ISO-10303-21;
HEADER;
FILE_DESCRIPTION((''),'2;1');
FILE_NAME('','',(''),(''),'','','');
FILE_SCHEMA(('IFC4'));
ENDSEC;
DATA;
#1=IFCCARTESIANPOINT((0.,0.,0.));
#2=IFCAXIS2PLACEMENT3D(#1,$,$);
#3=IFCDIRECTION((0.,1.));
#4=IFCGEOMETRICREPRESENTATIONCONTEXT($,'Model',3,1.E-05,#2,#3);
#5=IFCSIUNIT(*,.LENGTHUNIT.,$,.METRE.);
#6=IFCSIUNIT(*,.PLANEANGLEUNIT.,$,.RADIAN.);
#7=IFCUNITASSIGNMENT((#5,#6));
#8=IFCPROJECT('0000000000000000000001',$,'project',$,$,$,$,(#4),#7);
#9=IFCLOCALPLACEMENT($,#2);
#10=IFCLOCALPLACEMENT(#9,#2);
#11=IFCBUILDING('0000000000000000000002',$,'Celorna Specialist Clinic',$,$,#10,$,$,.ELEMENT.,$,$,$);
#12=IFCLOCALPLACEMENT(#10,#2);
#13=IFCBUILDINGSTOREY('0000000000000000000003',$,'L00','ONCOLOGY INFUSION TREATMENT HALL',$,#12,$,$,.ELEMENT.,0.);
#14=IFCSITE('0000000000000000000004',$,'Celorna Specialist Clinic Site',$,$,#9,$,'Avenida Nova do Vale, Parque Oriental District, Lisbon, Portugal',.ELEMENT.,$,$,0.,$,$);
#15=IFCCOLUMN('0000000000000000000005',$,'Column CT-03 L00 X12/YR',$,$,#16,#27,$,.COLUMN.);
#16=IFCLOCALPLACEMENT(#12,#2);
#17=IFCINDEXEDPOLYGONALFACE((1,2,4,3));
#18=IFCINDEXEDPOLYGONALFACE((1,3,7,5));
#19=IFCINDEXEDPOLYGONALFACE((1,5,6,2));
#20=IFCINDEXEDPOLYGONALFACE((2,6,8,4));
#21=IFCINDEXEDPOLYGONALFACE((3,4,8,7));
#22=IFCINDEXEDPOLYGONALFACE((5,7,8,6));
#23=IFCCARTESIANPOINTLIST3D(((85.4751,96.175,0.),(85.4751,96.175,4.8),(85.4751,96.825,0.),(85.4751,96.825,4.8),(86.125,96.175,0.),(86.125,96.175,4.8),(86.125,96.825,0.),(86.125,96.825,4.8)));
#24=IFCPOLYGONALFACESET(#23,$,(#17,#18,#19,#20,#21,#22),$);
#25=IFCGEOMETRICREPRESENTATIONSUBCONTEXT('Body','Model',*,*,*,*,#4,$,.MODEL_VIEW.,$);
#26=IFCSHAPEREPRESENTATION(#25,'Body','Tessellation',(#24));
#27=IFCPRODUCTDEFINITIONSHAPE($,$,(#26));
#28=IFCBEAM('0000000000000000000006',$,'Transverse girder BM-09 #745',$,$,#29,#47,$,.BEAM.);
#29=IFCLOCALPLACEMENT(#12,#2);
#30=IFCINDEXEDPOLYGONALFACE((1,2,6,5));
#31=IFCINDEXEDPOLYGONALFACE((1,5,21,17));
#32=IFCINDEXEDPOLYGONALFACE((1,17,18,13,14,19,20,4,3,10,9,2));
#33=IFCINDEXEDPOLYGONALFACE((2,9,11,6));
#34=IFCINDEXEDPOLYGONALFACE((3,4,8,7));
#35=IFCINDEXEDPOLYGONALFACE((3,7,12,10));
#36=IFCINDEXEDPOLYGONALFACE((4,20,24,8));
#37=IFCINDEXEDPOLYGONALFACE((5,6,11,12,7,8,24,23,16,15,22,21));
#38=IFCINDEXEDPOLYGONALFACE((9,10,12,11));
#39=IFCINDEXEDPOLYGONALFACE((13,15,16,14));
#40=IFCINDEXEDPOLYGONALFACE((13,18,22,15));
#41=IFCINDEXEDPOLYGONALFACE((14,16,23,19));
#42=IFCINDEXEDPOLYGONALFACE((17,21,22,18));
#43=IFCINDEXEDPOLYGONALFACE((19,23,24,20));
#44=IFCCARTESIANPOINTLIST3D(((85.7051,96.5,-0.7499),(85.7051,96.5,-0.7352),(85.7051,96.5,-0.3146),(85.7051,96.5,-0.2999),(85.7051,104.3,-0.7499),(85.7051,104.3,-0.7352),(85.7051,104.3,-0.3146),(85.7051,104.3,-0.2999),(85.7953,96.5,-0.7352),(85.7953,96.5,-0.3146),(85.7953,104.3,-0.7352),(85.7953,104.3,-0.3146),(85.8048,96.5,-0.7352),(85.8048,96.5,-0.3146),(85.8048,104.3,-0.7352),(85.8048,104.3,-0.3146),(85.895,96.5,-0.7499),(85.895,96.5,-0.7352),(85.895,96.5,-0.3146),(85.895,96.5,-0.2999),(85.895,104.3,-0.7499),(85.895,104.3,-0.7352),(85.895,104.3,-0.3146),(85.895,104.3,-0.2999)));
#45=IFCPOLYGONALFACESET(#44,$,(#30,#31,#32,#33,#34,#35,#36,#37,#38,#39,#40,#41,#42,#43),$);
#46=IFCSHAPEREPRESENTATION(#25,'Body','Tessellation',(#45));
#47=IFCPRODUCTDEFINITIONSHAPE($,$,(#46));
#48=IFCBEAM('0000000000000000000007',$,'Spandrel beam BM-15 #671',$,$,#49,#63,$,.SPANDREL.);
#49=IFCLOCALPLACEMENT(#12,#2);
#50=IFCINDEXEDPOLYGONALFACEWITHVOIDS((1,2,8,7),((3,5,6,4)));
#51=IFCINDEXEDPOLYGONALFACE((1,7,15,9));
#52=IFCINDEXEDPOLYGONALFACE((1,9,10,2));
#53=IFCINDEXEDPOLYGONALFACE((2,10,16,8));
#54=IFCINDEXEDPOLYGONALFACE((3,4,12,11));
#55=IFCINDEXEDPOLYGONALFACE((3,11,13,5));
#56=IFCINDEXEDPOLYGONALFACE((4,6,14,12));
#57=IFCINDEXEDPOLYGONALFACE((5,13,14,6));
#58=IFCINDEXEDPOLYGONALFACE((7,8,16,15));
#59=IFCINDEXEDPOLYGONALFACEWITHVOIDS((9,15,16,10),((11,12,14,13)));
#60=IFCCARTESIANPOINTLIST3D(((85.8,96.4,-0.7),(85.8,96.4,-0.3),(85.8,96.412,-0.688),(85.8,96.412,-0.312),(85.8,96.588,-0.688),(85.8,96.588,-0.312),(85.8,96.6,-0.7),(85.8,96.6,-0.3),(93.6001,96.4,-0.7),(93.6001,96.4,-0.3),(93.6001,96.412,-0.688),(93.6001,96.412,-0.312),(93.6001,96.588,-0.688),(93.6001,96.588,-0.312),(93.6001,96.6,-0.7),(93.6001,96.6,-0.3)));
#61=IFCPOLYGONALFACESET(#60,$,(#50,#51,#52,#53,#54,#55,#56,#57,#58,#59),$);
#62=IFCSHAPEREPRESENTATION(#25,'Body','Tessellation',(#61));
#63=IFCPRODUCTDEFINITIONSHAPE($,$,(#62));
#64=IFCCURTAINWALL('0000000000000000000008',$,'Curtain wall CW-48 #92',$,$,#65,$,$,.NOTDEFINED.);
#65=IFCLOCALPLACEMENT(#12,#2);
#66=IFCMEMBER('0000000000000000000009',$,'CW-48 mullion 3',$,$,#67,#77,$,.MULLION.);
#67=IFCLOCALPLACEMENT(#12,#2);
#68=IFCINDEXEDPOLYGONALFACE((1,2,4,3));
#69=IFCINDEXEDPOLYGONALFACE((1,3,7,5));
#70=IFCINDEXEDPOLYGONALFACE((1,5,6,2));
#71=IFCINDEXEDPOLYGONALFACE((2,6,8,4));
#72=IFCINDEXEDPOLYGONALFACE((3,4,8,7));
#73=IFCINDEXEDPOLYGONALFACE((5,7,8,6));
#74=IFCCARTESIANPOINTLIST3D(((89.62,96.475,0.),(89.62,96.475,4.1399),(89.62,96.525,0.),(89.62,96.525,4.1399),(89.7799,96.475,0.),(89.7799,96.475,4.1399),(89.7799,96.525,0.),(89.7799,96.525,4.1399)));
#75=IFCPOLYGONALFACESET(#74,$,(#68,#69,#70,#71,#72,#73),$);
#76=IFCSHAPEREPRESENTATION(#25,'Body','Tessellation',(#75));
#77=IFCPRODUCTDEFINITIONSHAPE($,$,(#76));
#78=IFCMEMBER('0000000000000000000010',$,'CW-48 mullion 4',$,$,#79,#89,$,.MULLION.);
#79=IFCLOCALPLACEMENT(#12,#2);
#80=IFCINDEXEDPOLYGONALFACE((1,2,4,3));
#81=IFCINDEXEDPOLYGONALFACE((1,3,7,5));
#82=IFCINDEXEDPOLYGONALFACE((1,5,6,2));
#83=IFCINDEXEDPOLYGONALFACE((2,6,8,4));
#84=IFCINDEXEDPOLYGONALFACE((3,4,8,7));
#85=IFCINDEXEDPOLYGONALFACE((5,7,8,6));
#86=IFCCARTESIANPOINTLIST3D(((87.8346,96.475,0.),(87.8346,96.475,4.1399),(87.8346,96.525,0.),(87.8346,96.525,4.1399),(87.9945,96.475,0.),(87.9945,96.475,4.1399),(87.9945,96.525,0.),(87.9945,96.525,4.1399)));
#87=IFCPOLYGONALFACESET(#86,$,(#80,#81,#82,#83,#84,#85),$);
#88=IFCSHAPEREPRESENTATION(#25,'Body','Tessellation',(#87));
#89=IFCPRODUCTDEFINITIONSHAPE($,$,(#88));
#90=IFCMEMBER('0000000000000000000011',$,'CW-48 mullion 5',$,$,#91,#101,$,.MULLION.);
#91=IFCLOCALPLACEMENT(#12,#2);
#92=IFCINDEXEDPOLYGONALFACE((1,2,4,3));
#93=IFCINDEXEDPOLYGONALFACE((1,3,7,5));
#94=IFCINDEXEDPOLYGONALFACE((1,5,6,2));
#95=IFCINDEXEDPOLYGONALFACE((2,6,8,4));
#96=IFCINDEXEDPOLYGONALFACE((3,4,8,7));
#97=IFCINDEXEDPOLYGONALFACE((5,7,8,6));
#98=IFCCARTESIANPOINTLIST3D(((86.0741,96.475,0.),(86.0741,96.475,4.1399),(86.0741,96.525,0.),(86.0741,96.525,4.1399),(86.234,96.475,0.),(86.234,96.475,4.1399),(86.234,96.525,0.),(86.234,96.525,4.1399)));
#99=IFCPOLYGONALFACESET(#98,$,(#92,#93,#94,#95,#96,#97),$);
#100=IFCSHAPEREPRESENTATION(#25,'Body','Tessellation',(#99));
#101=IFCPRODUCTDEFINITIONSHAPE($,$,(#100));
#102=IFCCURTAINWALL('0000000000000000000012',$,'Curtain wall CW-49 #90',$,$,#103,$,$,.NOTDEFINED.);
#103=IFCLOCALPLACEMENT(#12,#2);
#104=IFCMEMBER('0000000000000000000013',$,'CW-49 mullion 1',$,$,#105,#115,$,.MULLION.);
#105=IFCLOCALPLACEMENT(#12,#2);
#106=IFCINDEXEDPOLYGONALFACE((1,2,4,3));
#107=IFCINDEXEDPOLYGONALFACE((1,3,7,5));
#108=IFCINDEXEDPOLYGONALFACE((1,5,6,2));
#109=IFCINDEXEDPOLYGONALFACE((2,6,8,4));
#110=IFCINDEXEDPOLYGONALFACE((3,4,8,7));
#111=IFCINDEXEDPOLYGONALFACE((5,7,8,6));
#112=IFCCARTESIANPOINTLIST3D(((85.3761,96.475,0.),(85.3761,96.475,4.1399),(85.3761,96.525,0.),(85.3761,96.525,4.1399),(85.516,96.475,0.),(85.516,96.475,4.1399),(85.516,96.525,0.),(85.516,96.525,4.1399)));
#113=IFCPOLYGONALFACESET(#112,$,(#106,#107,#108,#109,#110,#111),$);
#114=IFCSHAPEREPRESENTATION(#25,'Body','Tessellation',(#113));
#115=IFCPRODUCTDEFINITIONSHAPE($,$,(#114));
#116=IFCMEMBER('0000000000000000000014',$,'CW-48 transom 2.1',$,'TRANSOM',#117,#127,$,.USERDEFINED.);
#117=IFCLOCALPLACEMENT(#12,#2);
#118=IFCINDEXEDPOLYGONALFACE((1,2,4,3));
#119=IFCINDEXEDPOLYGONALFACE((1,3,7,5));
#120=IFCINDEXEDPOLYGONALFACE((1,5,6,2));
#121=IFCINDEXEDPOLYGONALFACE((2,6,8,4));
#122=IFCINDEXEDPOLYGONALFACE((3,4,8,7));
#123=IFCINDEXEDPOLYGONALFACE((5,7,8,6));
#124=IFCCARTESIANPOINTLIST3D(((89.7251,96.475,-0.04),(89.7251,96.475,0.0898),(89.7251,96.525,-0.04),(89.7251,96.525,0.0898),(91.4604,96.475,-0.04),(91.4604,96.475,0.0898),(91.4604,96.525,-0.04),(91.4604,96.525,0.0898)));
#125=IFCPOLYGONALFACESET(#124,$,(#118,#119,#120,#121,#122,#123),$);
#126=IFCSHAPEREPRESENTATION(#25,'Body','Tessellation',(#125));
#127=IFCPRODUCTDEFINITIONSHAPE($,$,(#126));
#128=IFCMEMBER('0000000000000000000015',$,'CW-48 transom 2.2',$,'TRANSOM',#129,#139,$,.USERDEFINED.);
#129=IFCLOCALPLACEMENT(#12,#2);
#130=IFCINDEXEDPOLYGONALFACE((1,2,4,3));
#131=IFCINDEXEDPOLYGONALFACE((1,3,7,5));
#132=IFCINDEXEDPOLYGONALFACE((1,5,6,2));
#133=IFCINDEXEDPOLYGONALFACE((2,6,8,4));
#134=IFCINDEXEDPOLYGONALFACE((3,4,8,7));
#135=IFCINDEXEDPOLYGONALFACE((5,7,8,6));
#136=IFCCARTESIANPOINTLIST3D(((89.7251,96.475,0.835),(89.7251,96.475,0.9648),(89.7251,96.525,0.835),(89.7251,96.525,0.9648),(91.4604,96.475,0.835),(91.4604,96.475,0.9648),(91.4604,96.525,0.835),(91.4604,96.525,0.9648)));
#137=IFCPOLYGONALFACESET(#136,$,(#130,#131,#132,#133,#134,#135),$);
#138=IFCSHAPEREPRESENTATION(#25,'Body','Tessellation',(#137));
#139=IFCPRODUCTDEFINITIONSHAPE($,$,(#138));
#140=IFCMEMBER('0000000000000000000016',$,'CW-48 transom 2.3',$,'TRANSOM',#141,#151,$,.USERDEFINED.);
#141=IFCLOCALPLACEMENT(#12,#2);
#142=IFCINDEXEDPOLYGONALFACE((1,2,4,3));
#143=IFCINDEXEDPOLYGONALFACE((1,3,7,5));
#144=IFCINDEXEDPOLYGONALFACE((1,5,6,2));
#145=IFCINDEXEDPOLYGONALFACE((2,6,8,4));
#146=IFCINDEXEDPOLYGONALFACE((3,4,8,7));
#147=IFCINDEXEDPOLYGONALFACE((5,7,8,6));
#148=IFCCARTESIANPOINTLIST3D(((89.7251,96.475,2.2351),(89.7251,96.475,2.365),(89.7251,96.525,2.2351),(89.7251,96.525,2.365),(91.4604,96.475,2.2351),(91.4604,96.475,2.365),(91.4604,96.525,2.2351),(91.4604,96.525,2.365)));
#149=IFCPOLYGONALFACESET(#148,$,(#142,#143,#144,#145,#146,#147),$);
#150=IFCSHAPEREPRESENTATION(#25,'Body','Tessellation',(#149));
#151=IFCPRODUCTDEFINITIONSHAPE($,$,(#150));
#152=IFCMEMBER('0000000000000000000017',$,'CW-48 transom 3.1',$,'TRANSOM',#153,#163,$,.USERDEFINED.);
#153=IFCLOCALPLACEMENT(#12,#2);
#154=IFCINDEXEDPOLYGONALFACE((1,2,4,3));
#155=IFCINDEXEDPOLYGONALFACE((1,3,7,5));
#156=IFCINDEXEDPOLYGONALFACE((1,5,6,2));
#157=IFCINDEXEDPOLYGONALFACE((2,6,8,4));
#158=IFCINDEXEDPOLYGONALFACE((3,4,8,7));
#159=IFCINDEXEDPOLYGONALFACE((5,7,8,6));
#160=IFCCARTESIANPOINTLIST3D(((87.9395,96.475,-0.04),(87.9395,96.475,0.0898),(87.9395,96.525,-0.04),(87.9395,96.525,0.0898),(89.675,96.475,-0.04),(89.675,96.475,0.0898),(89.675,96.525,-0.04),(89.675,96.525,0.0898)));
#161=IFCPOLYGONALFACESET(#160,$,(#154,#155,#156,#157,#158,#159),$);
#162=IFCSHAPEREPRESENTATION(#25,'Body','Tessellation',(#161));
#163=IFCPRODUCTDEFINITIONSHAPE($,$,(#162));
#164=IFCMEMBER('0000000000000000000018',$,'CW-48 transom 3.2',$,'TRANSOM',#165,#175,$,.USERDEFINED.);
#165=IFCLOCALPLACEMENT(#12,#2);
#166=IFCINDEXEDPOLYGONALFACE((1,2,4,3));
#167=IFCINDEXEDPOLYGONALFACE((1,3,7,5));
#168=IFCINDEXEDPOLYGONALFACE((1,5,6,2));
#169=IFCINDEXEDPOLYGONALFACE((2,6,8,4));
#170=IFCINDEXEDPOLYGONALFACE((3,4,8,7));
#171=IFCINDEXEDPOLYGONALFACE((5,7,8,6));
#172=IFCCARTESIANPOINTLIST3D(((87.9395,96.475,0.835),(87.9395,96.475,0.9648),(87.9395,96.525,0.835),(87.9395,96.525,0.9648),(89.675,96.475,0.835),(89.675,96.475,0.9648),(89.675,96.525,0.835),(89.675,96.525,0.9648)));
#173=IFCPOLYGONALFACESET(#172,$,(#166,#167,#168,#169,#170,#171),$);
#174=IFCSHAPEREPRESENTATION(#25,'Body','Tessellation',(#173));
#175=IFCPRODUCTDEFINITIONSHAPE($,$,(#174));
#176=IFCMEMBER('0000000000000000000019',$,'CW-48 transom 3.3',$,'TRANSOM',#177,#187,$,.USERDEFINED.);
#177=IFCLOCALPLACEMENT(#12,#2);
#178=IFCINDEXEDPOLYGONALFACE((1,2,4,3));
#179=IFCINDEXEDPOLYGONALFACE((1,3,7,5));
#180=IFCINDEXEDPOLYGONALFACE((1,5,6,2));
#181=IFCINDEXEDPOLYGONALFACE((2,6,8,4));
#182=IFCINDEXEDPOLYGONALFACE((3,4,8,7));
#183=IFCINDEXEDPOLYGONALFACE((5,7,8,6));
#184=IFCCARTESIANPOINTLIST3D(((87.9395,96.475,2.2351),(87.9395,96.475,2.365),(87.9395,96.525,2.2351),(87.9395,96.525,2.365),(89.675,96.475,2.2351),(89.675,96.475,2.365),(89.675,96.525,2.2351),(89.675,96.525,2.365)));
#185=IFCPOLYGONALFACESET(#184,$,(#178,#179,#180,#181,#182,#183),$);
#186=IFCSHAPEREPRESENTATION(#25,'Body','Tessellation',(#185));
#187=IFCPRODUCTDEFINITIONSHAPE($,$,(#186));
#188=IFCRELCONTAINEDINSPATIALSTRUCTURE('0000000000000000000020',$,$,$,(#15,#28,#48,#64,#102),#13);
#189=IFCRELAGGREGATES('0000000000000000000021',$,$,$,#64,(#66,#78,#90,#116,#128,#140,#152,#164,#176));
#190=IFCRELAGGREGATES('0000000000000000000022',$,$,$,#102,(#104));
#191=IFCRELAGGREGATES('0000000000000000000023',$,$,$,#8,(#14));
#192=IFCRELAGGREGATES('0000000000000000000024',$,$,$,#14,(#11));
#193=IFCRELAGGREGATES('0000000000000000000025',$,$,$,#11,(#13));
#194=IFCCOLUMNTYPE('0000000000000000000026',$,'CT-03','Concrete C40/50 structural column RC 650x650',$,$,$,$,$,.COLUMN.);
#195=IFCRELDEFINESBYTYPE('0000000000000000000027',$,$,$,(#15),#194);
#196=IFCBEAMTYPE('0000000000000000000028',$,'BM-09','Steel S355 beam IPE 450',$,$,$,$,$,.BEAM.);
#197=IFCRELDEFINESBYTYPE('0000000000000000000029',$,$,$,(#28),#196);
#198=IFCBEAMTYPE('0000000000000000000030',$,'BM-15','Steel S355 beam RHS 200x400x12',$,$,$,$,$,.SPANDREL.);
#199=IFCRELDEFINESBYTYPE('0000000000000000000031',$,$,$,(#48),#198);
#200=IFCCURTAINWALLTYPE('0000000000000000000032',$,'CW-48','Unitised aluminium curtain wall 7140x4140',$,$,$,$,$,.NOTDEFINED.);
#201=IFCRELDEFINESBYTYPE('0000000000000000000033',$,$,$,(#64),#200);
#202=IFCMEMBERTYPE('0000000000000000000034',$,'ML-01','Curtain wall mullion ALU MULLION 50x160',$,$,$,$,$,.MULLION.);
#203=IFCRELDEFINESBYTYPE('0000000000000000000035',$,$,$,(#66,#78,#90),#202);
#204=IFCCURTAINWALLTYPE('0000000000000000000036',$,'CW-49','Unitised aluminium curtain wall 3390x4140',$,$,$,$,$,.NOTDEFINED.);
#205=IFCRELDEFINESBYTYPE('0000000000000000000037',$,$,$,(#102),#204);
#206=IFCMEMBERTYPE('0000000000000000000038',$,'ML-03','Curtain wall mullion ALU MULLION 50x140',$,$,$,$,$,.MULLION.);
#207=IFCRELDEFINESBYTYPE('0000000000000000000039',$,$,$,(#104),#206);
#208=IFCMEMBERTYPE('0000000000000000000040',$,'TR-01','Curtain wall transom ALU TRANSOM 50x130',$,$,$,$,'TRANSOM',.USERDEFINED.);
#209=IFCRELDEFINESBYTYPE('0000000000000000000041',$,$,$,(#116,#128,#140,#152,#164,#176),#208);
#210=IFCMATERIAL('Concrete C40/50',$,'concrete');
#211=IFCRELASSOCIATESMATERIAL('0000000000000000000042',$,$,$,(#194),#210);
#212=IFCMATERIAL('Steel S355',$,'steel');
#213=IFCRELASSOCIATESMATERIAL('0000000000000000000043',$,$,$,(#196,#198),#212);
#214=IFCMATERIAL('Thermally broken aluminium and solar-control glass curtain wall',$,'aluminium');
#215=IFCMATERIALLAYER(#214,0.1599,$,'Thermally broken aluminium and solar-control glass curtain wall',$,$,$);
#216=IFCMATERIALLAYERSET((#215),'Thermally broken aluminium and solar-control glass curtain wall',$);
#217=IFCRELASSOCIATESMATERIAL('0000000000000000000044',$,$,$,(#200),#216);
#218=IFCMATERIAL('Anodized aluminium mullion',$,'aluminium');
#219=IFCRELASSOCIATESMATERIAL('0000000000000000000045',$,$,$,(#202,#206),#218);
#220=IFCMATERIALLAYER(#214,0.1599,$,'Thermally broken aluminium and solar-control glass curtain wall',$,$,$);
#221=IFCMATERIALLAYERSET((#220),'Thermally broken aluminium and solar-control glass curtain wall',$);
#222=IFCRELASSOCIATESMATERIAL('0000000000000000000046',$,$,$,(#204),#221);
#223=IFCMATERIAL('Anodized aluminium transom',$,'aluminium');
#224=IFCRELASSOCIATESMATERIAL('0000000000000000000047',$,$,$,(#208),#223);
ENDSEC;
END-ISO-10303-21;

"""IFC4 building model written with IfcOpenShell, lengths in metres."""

from ifc_helpers import new_model, si_unit, direction, frame, origin, origin_2d, place, context, subcontext, project, spatial, rectangle, hollow_rectangle, i_section, extrude, material, layer, layer_set, material_profile, profile_set, type_object, element, aggregate, save


model = new_model("IFC4")

# Units and contexts
model_context = context("Model", 3, precision=1e-05, world=origin(), true_north=direction((0.0, 1.0)))
body_context = subcontext(model_context, "Body", "Model", "MODEL_VIEW")
ifc_project = project(units=[si_unit("LENGTHUNIT", "METRE"), si_unit("PLANEANGLEUNIT", "RADIAN")], contexts=[model_context])

# Site, building, storey
site_placement = place(None, origin())
site = spatial("IfcSite", under=ifc_project, at=site_placement, Name="Celorna Specialist Clinic Site", LongName="Avenida Nova do Vale, Parque Oriental District, Lisbon, Portugal", CompositionType="ELEMENT", RefElevation=0.0)
building_placement = place(site_placement, origin())
building = spatial("IfcBuilding", under=site, at=building_placement, Name="Celorna Specialist Clinic", CompositionType="ELEMENT")
storey_placement = place(building_placement, origin())
storey = spatial("IfcBuildingStorey", under=building, at=storey_placement, Name="L00", Description="ONCOLOGY INFUSION TREATMENT HALL", CompositionType="ELEMENT", Elevation=0.0)

# Column
ifc_material_1 = material(Name="Concrete C40/50", Category="concrete")
ifc_material_profile_1 = material_profile(ifc_material_1, rectangle(XDim=0.6499, YDim=0.6499, at=origin_2d()), Name="RC 650x650")
ifc_profile_set_1 = profile_set([ifc_material_profile_1], Name="Concrete C40/50")
column_type = type_object("IfcColumnType", Name="CT-03", Description="Concrete C40/50 structural column RC 650x650", PredefinedType="COLUMN", material=ifc_profile_set_1)
column_placement = place(storey_placement, frame((85.8, 96.5, 0.0), z_axis=(0.0, 0.0, 1.0), x_axis=(1.0, 0.0, 0.0)))
element("IfcColumn", 1, at=column_placement, inside=storey, type_object=column_type, Name="Column CT-03 L00 X12/YR", PredefinedType="COLUMN", context=body_context, shape_type="SweptSolid", body=[
    extrude(rectangle(XDim=0.6499, YDim=0.6499, at=origin_2d()), origin(), (0.0, 0.0, 1.0), 4.8),
])

# Beams
ifc_material_2 = material(Name="Steel S355", Category="steel")
ifc_material_profile_2 = material_profile(ifc_material_2, i_section(OverallWidth=0.1899, OverallDepth=0.45, WebThickness=0.0095, FlangeThickness=0.0146, at=origin_2d()), Name="IPE 450")
ifc_profile_set_2 = profile_set([ifc_material_profile_2], Name="Steel S355")
beam_type_1 = type_object("IfcBeamType", Name="BM-09", Description="Steel S355 beam IPE 450", PredefinedType="BEAM", material=ifc_profile_set_2)
beam_1_placement = place(storey_placement, frame((85.8, 96.5, -0.5249), z_axis=(0.0, 1.0, 0.0), x_axis=(-1.0, 0.0, 0.0)))
element("IfcBeam", 2, at=beam_1_placement, inside=storey, type_object=beam_type_1, Name="Transverse girder BM-09 #745", PredefinedType="BEAM", context=body_context, shape_type="SweptSolid", body=[
    extrude(i_section(OverallWidth=0.1899, OverallDepth=0.45, WebThickness=0.0095, FlangeThickness=0.0146, at=origin_2d()), origin(), (0.0, 0.0, 1.0), 7.8),
])
ifc_material_profile_3 = material_profile(ifc_material_2, hollow_rectangle(XDim=0.2, YDim=0.3999, WallThickness=0.012, at=origin_2d()), Name="RHS 200x400x12")
ifc_profile_set_3 = profile_set([ifc_material_profile_3], Name="Steel S355")
beam_type_2 = type_object("IfcBeamType", Name="BM-15", Description="Steel S355 beam RHS 200x400x12", PredefinedType="SPANDREL", material=ifc_profile_set_3)
beam_2_placement = place(storey_placement, frame((85.8, 96.5, -0.5), z_axis=(1.0, 0.0, 0.0), x_axis=(0.0, 1.0, 0.0)))
element("IfcBeam", 3, at=beam_2_placement, inside=storey, type_object=beam_type_2, Name="Spandrel beam BM-15 #671", PredefinedType="SPANDREL", context=body_context, shape_type="SweptSolid", body=[
    extrude(hollow_rectangle(XDim=0.2, YDim=0.3999, WallThickness=0.012, at=origin_2d()), origin(), (0.0, 0.0, 1.0), 7.8),
])

# Curtain wall, members
ifc_material_3 = material(Name="Thermally broken aluminium and solar-control glass curtain wall", Category="aluminium")
ifc_layer_1 = layer(ifc_material_3, 0.1599, Name="Thermally broken aluminium and solar-control glass curtain wall")
ifc_layer_set_1 = layer_set([ifc_layer_1], Name="Thermally broken aluminium and solar-control glass curtain wall")
curtain_wall_type_1 = type_object("IfcCurtainWallType", Name="CW-48", Description="Unitised aluminium curtain wall 7140x4140", PredefinedType="NOTDEFINED", material=ifc_layer_set_1)
curtain_wall_1_placement = place(storey_placement, origin())
curtain_wall_1 = element("IfcCurtainWall", 4, at=curtain_wall_1_placement, inside=storey, type_object=curtain_wall_type_1, Name="Curtain wall CW-48 #92", PredefinedType="NOTDEFINED")
ifc_material_4 = material(Name="Anodized aluminium mullion", Category="aluminium")
ifc_material_profile_4 = material_profile(ifc_material_4, rectangle(XDim=0.05, YDim=0.1599, at=origin_2d()), Name="ALU MULLION 50x160")
ifc_profile_set_4 = profile_set([ifc_material_profile_4], Name="Anodized aluminium mullion")
member_type_1 = type_object("IfcMemberType", Name="ML-01", Description="Curtain wall mullion ALU MULLION 50x160", PredefinedType="MULLION", material=ifc_profile_set_4)
member_1_placement = place(storey_placement, frame((89.7, 96.5, 0.0), z_axis=(0.0, 0.0, 1.0), x_axis=(0.0, -1.0, 0.0)))
member_1 = element("IfcMember", 5, at=member_1_placement, type_object=member_type_1, Name="CW-48 mullion 3", PredefinedType="MULLION", context=body_context, shape_type="SweptSolid", body=[
    extrude(rectangle(XDim=0.05, YDim=0.1599, at=origin_2d()), origin(), (0.0, 0.0, 1.0), 4.1399),
])
member_2_placement = place(storey_placement, frame((87.9146, 96.5, 0.0), z_axis=(0.0, 0.0, 1.0), x_axis=(0.0, -1.0, 0.0)))
member_2 = element("IfcMember", 6, at=member_2_placement, type_object=member_type_1, Name="CW-48 mullion 4", PredefinedType="MULLION", context=body_context, shape_type="SweptSolid", body=[
    extrude(rectangle(XDim=0.05, YDim=0.1599, at=origin_2d()), origin(), (0.0, 0.0, 1.0), 4.1399),
])
member_3_placement = place(storey_placement, frame((86.1541, 96.5, 0.0), z_axis=(0.0, 0.0, 1.0), x_axis=(0.0, -1.0, 0.0)))
member_3 = element("IfcMember", 7, at=member_3_placement, type_object=member_type_1, Name="CW-48 mullion 5", PredefinedType="MULLION", context=body_context, shape_type="SweptSolid", body=[
    extrude(rectangle(XDim=0.05, YDim=0.1599, at=origin_2d()), origin(), (0.0, 0.0, 1.0), 4.1399),
])

# Curtain wall, member
ifc_layer_2 = layer(ifc_material_3, 0.1599, Name="Thermally broken aluminium and solar-control glass curtain wall")
ifc_layer_set_2 = layer_set([ifc_layer_2], Name="Thermally broken aluminium and solar-control glass curtain wall")
curtain_wall_type_2 = type_object("IfcCurtainWallType", Name="CW-49", Description="Unitised aluminium curtain wall 3390x4140", PredefinedType="NOTDEFINED", material=ifc_layer_set_2)
curtain_wall_2_placement = place(storey_placement, origin())
curtain_wall_2 = element("IfcCurtainWall", 8, at=curtain_wall_2_placement, inside=storey, type_object=curtain_wall_type_2, Name="Curtain wall CW-49 #90", PredefinedType="NOTDEFINED")
ifc_material_profile_5 = material_profile(ifc_material_4, rectangle(XDim=0.05, YDim=0.1399, at=origin_2d()), Name="ALU MULLION 50x140")
ifc_profile_set_5 = profile_set([ifc_material_profile_5], Name="Anodized aluminium mullion")
member_type_2 = type_object("IfcMemberType", Name="ML-03", Description="Curtain wall mullion ALU MULLION 50x140", PredefinedType="MULLION", material=ifc_profile_set_5)
member_4_placement = place(storey_placement, frame((85.446, 96.5, 0.0), z_axis=(0.0, 0.0, 1.0), x_axis=(0.0, -1.0, 0.0)))
member_4 = element("IfcMember", 9, at=member_4_placement, type_object=member_type_2, Name="CW-49 mullion 1", PredefinedType="MULLION", context=body_context, shape_type="SweptSolid", body=[
    extrude(rectangle(XDim=0.05, YDim=0.1399, at=origin_2d()), origin(), (0.0, 0.0, 1.0), 4.1399),
])

# Members
ifc_material_5 = material(Name="Anodized aluminium transom", Category="aluminium")
ifc_material_profile_6 = material_profile(ifc_material_5, rectangle(XDim=0.05, YDim=0.1299, at=origin_2d()), Name="ALU TRANSOM 50x130")
ifc_profile_set_6 = profile_set([ifc_material_profile_6], Name="Anodized aluminium transom")
member_type_3 = type_object("IfcMemberType", Name="TR-01", Description="Curtain wall transom ALU TRANSOM 50x130", ElementType="TRANSOM", PredefinedType="USERDEFINED", material=ifc_profile_set_6)
member_5_placement = place(storey_placement, frame((91.4604, 96.5, 0.0249), z_axis=(-1.0, 0.0, 0.0), x_axis=(0.0, -1.0, 0.0)))
member_5 = element("IfcMember", 10, at=member_5_placement, type_object=member_type_3, Name="CW-48 transom 2.1", ObjectType="TRANSOM", PredefinedType="USERDEFINED", context=body_context, shape_type="SweptSolid", body=[
    extrude(rectangle(XDim=0.05, YDim=0.1299, at=origin_2d()), origin(), (0.0, 0.0, 1.0), 1.7354),
])
member_6_placement = place(storey_placement, frame((91.4604, 96.5, 0.8999), z_axis=(-1.0, 0.0, 0.0), x_axis=(0.0, -1.0, 0.0)))
member_6 = element("IfcMember", 11, at=member_6_placement, type_object=member_type_3, Name="CW-48 transom 2.2", ObjectType="TRANSOM", PredefinedType="USERDEFINED", context=body_context, shape_type="SweptSolid", body=[
    extrude(rectangle(XDim=0.05, YDim=0.1299, at=origin_2d()), origin(), (0.0, 0.0, 1.0), 1.7354),
])
member_7_placement = place(storey_placement, frame((91.4604, 96.5, 2.3), z_axis=(-1.0, 0.0, 0.0), x_axis=(0.0, -1.0, 0.0)))
member_7 = element("IfcMember", 12, at=member_7_placement, type_object=member_type_3, Name="CW-48 transom 2.3", ObjectType="TRANSOM", PredefinedType="USERDEFINED", context=body_context, shape_type="SweptSolid", body=[
    extrude(rectangle(XDim=0.05, YDim=0.1299, at=origin_2d()), origin(), (0.0, 0.0, 1.0), 1.7354),
])
member_8_placement = place(storey_placement, frame((89.675, 96.5, 0.0249), z_axis=(-1.0, 0.0, 0.0), x_axis=(0.0, -1.0, 0.0)))
member_8 = element("IfcMember", 13, at=member_8_placement, type_object=member_type_3, Name="CW-48 transom 3.1", ObjectType="TRANSOM", PredefinedType="USERDEFINED", context=body_context, shape_type="SweptSolid", body=[
    extrude(rectangle(XDim=0.05, YDim=0.1299, at=origin_2d()), origin(), (0.0, 0.0, 1.0), 1.7356),
])
member_9_placement = place(storey_placement, frame((89.675, 96.5, 0.8999), z_axis=(-1.0, 0.0, 0.0), x_axis=(0.0, -1.0, 0.0)))
member_9 = element("IfcMember", 14, at=member_9_placement, type_object=member_type_3, Name="CW-48 transom 3.2", ObjectType="TRANSOM", PredefinedType="USERDEFINED", context=body_context, shape_type="SweptSolid", body=[
    extrude(rectangle(XDim=0.05, YDim=0.1299, at=origin_2d()), origin(), (0.0, 0.0, 1.0), 1.7356),
])
member_10_placement = place(storey_placement, frame((89.675, 96.5, 2.3), z_axis=(-1.0, 0.0, 0.0), x_axis=(0.0, -1.0, 0.0)))
member_10 = element("IfcMember", 15, at=member_10_placement, type_object=member_type_3, Name="CW-48 transom 3.3", ObjectType="TRANSOM", PredefinedType="USERDEFINED", context=body_context, shape_type="SweptSolid", body=[
    extrude(rectangle(XDim=0.05, YDim=0.1299, at=origin_2d()), origin(), (0.0, 0.0, 1.0), 1.7356),
])

aggregate(curtain_wall_1, [member_1, member_2, member_3, member_5, member_6, member_7, member_8, member_9, member_10])
aggregate(curtain_wall_2, [member_4])

save(model, "model.ifc")
